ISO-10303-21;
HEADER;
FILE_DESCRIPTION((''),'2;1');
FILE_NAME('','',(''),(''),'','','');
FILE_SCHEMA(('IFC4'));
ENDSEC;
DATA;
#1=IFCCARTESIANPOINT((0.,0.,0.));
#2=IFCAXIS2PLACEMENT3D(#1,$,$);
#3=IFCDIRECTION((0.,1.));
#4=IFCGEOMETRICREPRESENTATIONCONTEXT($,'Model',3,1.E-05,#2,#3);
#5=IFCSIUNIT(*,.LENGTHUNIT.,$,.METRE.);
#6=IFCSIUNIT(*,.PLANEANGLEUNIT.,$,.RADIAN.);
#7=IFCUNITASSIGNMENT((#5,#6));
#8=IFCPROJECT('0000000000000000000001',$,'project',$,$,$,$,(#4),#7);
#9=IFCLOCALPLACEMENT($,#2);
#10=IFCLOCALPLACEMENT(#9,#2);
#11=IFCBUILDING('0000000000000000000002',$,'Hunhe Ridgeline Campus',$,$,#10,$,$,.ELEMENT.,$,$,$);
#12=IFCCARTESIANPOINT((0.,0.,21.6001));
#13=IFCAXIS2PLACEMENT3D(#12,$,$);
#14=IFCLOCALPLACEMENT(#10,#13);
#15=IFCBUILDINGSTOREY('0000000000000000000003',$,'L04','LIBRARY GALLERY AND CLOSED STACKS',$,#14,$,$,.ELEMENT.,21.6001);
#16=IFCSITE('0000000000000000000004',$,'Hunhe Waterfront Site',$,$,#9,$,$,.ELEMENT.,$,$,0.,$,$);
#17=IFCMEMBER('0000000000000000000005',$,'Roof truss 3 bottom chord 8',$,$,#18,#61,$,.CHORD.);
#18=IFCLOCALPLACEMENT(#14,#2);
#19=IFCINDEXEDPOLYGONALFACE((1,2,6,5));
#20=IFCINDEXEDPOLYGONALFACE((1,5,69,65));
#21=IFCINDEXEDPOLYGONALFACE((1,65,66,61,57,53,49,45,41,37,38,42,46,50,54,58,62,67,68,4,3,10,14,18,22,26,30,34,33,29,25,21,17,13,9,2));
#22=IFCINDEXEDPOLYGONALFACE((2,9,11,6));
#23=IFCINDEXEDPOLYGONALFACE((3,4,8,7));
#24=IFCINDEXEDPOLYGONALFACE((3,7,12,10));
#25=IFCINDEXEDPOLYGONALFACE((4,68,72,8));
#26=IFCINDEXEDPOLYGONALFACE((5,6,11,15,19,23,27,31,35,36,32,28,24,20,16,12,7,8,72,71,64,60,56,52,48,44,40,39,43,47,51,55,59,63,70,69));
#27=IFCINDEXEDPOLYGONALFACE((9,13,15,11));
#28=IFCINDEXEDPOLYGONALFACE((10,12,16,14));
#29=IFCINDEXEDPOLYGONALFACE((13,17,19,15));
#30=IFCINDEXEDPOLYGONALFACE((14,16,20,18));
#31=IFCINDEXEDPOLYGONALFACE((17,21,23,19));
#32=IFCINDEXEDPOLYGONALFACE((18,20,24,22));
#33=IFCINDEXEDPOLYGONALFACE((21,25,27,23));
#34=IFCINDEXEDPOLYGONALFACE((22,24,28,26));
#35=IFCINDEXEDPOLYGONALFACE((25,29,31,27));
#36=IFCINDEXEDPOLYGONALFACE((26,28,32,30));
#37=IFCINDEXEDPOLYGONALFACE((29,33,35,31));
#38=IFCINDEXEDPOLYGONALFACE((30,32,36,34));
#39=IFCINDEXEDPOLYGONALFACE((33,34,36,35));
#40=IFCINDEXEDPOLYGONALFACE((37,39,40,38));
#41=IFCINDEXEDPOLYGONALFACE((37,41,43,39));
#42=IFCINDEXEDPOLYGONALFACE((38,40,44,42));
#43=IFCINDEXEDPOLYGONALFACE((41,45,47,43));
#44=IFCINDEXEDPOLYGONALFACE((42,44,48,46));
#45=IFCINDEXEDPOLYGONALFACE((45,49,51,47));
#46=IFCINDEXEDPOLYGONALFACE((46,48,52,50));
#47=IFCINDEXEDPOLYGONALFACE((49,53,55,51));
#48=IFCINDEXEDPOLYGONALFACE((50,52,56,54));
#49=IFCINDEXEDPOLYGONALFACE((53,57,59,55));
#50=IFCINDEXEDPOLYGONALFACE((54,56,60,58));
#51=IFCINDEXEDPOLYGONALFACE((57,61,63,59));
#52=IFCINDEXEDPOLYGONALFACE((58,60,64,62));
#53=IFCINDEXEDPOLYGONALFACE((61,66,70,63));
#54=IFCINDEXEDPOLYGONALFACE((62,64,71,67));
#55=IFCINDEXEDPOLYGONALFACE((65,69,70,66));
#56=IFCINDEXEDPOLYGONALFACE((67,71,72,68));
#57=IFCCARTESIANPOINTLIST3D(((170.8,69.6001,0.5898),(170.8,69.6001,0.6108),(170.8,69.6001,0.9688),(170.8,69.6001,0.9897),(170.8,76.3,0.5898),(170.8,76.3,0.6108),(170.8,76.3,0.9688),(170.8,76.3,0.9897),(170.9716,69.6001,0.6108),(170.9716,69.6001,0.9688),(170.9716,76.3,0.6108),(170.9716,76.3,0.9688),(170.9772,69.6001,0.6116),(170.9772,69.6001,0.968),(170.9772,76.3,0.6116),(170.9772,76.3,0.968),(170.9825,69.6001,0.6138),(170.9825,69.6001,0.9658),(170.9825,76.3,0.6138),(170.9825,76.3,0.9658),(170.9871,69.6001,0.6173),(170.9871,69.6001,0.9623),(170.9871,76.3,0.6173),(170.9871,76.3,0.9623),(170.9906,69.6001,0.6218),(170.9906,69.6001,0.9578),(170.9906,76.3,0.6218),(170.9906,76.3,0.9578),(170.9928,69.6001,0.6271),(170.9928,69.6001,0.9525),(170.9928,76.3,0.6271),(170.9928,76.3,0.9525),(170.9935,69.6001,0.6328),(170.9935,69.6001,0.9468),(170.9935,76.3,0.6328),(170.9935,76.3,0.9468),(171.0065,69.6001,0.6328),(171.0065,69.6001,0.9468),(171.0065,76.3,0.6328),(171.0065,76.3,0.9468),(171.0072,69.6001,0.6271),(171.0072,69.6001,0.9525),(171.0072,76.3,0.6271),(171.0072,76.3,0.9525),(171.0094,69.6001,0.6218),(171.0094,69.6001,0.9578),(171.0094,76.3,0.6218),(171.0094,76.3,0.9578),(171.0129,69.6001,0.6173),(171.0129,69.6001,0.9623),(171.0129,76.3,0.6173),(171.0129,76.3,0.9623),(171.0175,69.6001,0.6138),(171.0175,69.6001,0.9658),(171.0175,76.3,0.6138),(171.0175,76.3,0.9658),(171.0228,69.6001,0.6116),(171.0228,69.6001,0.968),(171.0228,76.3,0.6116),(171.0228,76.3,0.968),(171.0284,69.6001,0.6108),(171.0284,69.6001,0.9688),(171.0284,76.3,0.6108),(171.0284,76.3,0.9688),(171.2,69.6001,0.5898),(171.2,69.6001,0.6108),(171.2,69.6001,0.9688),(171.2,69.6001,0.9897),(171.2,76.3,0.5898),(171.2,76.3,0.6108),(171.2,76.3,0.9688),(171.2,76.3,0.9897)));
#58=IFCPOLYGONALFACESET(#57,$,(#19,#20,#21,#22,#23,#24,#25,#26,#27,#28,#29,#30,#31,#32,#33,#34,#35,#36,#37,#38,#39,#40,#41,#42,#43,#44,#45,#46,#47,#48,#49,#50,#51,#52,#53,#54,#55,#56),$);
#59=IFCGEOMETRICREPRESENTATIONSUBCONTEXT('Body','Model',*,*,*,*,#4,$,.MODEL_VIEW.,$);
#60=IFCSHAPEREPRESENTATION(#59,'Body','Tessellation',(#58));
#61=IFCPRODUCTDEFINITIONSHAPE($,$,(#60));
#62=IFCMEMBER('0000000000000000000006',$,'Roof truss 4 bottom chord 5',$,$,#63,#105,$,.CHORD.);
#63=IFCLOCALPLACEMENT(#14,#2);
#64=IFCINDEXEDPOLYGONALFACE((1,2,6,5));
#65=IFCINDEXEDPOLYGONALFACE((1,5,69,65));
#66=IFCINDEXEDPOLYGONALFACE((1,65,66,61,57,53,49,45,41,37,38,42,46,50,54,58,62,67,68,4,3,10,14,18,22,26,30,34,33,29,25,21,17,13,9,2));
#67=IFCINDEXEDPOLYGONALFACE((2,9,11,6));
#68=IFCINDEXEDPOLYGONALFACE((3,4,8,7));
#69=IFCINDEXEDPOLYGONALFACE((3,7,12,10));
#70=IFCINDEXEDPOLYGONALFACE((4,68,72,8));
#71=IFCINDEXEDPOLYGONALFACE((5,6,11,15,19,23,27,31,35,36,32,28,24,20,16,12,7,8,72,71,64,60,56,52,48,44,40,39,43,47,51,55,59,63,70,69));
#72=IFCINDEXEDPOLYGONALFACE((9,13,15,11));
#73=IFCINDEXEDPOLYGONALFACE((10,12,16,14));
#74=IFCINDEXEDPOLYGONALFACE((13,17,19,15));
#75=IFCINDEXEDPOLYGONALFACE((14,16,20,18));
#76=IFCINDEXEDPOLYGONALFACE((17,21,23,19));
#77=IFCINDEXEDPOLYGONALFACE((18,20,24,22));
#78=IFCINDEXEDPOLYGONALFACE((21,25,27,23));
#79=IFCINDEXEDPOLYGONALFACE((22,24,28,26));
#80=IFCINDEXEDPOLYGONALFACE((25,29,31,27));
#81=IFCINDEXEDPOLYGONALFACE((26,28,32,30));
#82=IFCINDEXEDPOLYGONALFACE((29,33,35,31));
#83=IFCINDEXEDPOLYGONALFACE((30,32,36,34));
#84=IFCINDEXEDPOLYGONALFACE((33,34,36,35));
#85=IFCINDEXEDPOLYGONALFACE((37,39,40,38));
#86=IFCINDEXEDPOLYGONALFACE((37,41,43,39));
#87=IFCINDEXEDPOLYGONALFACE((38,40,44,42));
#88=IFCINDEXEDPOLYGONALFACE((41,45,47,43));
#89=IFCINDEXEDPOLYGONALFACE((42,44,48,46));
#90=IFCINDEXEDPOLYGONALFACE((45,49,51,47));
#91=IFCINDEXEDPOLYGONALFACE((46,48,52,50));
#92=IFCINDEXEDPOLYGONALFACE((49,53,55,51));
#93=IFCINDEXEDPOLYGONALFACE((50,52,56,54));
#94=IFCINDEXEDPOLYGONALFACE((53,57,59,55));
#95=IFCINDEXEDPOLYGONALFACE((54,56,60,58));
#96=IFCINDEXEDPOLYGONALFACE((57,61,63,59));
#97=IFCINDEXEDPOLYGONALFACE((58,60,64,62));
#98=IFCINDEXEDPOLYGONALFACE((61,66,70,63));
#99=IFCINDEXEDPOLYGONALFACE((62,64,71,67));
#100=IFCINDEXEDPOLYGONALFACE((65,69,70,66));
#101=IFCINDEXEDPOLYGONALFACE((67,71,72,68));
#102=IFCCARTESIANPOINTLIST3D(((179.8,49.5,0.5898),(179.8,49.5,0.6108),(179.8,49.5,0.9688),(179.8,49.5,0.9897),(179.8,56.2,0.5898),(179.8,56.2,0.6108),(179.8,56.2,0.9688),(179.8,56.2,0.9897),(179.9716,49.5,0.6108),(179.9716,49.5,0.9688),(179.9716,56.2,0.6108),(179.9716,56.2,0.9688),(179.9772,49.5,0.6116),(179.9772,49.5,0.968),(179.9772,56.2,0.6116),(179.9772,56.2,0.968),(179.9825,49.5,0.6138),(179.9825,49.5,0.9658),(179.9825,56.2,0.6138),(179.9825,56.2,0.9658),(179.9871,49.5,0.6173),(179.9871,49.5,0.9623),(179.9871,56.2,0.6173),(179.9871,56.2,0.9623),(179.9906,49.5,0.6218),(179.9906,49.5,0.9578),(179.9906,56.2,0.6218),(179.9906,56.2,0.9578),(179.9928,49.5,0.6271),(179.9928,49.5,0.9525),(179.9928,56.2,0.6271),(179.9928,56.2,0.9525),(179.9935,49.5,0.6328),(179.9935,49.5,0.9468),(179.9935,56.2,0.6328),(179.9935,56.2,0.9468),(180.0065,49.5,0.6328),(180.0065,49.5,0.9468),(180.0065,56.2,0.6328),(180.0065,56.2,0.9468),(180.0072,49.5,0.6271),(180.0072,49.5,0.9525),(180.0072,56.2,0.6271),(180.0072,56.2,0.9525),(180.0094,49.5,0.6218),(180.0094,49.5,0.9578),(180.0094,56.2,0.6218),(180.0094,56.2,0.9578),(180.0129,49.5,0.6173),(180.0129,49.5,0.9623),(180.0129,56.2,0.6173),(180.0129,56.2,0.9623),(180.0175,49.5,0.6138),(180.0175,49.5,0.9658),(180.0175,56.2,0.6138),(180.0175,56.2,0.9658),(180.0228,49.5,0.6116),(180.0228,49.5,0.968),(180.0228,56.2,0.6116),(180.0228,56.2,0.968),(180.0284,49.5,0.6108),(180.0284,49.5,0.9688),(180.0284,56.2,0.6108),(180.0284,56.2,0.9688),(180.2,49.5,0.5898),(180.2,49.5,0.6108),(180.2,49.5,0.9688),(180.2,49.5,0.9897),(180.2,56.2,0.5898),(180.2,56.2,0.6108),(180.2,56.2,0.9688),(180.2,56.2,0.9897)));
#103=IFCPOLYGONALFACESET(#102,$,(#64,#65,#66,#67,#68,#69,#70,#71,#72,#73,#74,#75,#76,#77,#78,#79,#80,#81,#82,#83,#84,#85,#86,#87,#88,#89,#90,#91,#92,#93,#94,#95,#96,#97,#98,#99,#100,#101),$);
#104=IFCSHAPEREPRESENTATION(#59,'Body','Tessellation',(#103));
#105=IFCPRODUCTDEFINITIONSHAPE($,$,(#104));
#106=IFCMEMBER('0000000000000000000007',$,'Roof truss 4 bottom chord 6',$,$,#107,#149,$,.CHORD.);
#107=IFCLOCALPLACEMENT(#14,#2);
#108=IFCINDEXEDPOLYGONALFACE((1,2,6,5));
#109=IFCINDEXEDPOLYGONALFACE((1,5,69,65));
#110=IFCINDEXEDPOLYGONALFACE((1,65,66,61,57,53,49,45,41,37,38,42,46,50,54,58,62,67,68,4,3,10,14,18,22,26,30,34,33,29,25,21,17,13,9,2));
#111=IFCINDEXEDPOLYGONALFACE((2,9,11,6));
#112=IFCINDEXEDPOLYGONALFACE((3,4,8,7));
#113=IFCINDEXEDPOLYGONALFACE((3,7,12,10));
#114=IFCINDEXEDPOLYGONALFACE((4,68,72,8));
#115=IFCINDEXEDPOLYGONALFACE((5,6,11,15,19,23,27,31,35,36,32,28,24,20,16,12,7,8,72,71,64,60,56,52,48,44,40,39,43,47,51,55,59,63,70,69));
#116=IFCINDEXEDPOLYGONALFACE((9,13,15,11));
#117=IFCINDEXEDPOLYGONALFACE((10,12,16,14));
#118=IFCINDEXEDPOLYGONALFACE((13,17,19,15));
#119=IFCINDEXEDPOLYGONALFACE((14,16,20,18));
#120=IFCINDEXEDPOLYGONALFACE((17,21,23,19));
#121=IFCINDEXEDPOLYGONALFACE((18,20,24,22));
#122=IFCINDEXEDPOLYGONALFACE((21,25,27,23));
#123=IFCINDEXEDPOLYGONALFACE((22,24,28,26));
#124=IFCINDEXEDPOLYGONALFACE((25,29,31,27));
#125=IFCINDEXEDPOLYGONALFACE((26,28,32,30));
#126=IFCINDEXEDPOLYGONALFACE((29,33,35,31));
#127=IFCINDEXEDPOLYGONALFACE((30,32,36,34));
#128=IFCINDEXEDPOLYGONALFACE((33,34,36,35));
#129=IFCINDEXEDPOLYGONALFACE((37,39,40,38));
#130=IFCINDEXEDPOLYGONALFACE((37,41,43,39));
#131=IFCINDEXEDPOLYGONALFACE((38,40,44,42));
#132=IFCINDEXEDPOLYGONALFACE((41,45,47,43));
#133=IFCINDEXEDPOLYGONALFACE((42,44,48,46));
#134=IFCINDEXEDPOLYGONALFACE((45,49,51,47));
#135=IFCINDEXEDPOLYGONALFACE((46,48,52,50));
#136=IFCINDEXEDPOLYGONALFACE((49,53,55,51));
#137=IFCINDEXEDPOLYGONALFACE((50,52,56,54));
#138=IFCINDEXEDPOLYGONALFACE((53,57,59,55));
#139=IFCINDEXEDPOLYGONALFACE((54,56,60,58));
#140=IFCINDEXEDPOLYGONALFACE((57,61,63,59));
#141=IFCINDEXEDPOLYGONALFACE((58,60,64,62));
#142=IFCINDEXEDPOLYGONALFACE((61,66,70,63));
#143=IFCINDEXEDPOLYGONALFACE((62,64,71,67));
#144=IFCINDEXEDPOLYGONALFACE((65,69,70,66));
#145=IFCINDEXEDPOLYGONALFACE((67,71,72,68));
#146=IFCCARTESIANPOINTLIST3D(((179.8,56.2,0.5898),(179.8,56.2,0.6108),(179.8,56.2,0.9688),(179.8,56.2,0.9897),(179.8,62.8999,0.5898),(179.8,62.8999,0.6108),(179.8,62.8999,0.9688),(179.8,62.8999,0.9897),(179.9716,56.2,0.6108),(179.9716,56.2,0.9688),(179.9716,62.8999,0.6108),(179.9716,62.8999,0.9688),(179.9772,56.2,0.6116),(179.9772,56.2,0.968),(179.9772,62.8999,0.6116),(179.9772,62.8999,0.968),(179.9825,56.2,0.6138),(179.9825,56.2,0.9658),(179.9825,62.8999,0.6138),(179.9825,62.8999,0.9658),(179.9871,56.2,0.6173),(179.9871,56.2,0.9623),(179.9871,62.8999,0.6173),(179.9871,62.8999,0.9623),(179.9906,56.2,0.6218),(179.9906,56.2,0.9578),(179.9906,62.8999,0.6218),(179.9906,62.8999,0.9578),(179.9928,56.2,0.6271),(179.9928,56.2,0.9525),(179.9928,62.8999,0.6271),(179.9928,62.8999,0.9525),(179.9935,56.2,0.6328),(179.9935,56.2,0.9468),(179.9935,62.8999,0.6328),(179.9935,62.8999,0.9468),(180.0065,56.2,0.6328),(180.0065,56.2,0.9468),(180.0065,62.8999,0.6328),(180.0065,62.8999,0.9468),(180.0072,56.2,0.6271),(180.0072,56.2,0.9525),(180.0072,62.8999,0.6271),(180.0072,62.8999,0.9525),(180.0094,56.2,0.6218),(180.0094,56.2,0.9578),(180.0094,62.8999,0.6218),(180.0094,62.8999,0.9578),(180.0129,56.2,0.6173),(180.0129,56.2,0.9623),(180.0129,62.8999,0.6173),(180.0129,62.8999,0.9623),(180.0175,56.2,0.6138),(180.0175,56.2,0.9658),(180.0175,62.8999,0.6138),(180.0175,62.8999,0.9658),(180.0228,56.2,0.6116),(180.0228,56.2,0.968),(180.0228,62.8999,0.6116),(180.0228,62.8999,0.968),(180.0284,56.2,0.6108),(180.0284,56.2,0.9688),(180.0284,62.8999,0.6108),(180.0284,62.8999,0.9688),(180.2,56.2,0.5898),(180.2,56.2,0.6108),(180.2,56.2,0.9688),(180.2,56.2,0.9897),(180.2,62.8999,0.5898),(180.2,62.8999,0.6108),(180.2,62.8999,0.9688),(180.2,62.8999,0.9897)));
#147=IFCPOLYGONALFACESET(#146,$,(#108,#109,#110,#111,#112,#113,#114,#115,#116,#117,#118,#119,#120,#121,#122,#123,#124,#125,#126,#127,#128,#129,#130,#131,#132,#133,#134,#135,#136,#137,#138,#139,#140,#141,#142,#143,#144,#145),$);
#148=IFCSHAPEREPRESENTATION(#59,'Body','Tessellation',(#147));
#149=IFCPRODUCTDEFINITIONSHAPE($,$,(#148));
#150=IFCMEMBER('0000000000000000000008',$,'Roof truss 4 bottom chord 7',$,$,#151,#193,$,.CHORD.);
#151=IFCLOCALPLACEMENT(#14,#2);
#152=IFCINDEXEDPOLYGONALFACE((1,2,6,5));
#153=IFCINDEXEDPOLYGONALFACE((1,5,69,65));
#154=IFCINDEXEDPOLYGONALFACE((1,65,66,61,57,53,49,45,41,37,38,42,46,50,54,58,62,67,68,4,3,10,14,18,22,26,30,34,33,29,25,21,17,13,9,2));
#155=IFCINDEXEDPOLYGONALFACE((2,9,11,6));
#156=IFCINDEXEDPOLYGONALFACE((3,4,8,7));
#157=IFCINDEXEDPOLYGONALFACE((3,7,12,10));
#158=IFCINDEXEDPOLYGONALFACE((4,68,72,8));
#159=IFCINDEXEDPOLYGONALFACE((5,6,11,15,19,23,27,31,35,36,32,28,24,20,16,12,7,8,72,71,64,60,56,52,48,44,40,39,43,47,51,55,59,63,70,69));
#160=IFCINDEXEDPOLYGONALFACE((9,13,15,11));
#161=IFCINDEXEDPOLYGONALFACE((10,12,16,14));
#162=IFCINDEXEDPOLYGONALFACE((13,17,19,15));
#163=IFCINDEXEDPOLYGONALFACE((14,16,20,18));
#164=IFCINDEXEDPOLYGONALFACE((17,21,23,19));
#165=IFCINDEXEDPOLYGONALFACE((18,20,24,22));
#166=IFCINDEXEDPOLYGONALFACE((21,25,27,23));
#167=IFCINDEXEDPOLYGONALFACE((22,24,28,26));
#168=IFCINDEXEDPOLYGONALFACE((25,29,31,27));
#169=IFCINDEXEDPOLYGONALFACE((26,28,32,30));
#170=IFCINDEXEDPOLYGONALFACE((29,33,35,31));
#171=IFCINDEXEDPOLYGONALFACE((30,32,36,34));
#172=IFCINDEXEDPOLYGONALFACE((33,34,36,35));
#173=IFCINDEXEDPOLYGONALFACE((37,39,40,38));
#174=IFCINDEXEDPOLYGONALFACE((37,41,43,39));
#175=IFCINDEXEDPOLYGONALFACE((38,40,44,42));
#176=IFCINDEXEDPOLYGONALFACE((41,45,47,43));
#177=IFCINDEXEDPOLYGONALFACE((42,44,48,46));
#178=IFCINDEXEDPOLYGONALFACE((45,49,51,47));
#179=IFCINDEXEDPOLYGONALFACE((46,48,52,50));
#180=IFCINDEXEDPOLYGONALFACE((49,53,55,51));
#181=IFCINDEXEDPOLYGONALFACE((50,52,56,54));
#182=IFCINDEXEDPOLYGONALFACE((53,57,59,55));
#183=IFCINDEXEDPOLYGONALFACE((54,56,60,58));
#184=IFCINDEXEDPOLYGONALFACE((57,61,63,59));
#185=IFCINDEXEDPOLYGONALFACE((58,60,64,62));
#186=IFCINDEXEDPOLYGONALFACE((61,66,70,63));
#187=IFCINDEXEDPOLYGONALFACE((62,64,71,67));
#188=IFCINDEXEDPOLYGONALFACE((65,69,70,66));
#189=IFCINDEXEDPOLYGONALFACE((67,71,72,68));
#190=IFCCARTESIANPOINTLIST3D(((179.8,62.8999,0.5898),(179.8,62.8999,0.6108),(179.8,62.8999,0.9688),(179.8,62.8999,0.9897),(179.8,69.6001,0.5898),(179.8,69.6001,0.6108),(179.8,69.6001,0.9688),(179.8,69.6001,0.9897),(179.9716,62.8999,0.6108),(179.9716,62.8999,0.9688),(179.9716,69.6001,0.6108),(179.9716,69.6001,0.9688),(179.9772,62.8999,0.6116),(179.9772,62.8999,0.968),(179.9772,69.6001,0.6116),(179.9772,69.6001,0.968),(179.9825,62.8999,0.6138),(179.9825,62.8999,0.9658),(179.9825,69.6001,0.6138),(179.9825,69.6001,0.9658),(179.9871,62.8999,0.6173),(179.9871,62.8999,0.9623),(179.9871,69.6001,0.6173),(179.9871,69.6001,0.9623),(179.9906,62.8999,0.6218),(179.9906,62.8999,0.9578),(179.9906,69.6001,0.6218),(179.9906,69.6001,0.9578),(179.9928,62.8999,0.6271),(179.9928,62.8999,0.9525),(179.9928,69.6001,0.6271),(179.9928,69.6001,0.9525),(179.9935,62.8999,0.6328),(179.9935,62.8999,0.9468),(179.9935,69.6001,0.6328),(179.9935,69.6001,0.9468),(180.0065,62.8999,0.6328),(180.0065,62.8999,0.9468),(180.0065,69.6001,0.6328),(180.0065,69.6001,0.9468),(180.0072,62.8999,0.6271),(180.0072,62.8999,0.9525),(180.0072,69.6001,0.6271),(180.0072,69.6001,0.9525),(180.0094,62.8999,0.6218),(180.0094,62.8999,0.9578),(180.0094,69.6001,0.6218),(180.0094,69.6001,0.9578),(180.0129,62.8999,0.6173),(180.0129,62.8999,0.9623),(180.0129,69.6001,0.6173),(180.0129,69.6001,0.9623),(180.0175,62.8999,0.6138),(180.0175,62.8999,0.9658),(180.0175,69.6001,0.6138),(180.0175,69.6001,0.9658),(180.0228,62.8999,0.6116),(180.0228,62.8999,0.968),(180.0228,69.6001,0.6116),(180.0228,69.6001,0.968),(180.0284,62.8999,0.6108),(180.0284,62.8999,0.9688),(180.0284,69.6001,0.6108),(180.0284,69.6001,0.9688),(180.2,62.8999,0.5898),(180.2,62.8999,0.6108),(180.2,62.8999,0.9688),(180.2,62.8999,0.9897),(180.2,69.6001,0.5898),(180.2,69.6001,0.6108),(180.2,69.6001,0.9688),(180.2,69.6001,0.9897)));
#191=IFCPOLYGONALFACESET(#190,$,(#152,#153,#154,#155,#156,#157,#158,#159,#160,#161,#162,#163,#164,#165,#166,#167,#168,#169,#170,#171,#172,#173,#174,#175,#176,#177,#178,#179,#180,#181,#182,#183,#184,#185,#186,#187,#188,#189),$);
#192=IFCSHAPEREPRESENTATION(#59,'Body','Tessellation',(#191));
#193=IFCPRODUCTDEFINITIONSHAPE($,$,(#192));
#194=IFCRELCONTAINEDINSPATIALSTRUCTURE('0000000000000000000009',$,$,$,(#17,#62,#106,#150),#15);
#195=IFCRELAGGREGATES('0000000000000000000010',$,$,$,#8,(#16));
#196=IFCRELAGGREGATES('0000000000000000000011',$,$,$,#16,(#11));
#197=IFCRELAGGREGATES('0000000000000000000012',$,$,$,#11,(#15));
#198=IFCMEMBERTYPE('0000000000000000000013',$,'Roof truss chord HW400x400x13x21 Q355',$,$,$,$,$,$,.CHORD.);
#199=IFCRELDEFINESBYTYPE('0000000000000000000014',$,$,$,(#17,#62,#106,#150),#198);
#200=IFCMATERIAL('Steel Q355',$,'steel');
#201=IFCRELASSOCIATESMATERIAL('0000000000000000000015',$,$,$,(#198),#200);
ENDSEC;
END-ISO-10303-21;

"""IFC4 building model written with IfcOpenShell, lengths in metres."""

from ifc_helpers import new_model, si_unit, direction, frame, origin, origin_2d, place, context, subcontext, project, spatial, i_section, extrude, material, material_profile, profile_set, type_object, element, save


model = new_model("IFC4")

# Units and contexts
model_context = context("Model", 3, precision=1e-05, world=origin(), true_north=direction((0.0, 1.0)))
body_context = subcontext(model_context, "Body", "Model", "MODEL_VIEW")
ifc_project = project(units=[si_unit("LENGTHUNIT", "METRE"), si_unit("PLANEANGLEUNIT", "RADIAN")], contexts=[model_context])

# Site, building, storey
site_placement = place(None, origin())
site = spatial("IfcSite", under=ifc_project, at=site_placement, Name="Hunhe Waterfront Site", CompositionType="ELEMENT", RefElevation=0.0)
building_placement = place(site_placement, origin())
building = spatial("IfcBuilding", under=site, at=building_placement, Name="Hunhe Ridgeline Campus", CompositionType="ELEMENT")
storey_placement = place(building_placement, frame((0.0, 0.0, 21.6001)))
storey = spatial("IfcBuildingStorey", under=building, at=storey_placement, Name="L04", Description="LIBRARY GALLERY AND CLOSED STACKS", CompositionType="ELEMENT", Elevation=21.6001)

# Members
ifc_material_1 = material(Name="Steel Q355", Category="steel")
ifc_material_profile_1 = material_profile(ifc_material_1, i_section(OverallWidth=0.3999, OverallDepth=0.3999, WebThickness=0.0129, FlangeThickness=0.021, FilletRadius=0.022, at=origin_2d()))
ifc_profile_set_1 = profile_set([ifc_material_profile_1], Name="Steel Q355")
member_type_1 = type_object("IfcMemberType", Name="Roof truss chord HW400x400x13x21 Q355", PredefinedType="CHORD", material=ifc_profile_set_1)
for number, where, z_axis, x_axis, name in (
    (1, (171.0, 69.6001, 0.7898), (0.0, 1.0, 0.0), (-1.0, 0.0, 0.0), "Roof truss 3 bottom chord 8"),
    (2, (180.0, 49.5, 0.7898), (0.0, 1.0, 0.0), (-1.0, 0.0, 0.0), "Roof truss 4 bottom chord 5"),
    (3, (180.0, 56.2, 0.7898), (0.0, 1.0, 0.0), (-1.0, 0.0, 0.0), "Roof truss 4 bottom chord 6"),
):
    element("IfcMember", number, at=place(storey_placement, frame(where, z_axis=z_axis, x_axis=x_axis)), inside=storey, type_object=member_type_1, Name=name, PredefinedType="CHORD", context=body_context, shape_type="SweptSolid", body=[
        extrude(i_section(OverallWidth=0.3999, OverallDepth=0.3999, WebThickness=0.0129, FlangeThickness=0.021, FilletRadius=0.022, at=origin_2d()), origin(), (0.0, 0.0, 1.0), 6.7),
    ])
member_1_placement = place(storey_placement, frame((180.0, 62.8999, 0.7898), z_axis=(0.0, 1.0, 0.0), x_axis=(-1.0, 0.0, 0.0)))
element("IfcMember", 4, at=member_1_placement, inside=storey, type_object=member_type_1, Name="Roof truss 4 bottom chord 7", PredefinedType="CHORD", context=body_context, shape_type="SweptSolid", body=[
    extrude(i_section(OverallWidth=0.3999, OverallDepth=0.3999, WebThickness=0.0129, FlangeThickness=0.021, FilletRadius=0.022, at=origin_2d()), origin(), (0.0, 0.0, 1.0), 6.7002),
])

save(model, "model.ifc")
